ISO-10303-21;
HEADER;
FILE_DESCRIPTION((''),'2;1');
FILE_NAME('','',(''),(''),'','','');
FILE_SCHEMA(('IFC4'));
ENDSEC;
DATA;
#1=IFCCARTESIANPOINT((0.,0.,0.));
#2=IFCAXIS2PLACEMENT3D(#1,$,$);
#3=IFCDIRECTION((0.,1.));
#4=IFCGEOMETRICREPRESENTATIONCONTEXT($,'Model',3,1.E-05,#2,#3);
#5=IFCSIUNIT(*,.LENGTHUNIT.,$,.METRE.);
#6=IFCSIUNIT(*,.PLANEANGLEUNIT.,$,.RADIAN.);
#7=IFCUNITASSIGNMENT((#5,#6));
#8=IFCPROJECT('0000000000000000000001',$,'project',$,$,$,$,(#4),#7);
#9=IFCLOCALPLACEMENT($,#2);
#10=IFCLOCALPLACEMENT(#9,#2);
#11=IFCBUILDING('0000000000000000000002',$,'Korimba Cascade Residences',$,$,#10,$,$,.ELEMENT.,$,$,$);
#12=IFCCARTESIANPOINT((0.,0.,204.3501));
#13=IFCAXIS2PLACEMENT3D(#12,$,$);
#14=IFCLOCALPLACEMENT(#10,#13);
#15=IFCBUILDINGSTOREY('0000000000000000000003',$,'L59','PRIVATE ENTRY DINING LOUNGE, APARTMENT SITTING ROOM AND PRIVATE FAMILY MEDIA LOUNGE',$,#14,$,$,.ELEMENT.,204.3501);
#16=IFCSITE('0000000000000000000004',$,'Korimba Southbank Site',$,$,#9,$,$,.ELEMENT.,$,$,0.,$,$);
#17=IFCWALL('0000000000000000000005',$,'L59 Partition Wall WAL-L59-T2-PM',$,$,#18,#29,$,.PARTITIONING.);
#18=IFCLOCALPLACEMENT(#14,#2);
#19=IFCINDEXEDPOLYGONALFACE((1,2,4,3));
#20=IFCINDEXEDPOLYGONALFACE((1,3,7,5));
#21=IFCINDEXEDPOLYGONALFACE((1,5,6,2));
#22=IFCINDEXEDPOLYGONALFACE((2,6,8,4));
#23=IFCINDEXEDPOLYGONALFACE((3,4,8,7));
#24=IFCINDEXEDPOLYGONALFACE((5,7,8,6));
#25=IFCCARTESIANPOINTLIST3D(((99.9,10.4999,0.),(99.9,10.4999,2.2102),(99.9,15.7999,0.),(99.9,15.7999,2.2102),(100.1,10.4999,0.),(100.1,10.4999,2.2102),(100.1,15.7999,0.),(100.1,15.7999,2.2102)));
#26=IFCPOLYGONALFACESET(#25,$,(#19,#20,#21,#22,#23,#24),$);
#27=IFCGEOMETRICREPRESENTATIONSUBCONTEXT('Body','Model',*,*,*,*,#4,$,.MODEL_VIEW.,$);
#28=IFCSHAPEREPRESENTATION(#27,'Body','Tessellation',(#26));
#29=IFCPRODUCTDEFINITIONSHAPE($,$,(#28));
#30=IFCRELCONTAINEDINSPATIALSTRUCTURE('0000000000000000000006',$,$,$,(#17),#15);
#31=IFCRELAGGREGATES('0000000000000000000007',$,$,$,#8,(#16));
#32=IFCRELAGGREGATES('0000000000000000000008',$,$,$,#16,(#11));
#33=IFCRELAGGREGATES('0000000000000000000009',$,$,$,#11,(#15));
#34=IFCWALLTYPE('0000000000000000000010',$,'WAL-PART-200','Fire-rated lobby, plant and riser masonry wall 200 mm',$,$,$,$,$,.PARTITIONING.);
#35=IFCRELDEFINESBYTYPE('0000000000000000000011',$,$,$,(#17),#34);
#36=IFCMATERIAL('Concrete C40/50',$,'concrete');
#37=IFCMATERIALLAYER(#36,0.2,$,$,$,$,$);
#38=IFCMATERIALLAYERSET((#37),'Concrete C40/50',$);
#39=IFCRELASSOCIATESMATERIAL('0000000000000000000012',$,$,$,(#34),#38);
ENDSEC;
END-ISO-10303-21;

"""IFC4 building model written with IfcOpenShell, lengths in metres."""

from ifc_helpers import new_model, si_unit, direction, frame, frame_2d, origin, place, context, subcontext, project, spatial, rectangle, extrude, material, layer, layer_set, type_object, element, save


model = new_model("IFC4")

# Units and contexts
model_context = context("Model", 3, precision=1e-05, world=origin(), true_north=direction((0.0, 1.0)))
body_context = subcontext(model_context, "Body", "Model", "MODEL_VIEW")
ifc_project = project(units=[si_unit("LENGTHUNIT", "METRE"), si_unit("PLANEANGLEUNIT", "RADIAN")], contexts=[model_context])

# Site, building, storey
site_placement = place(None, origin())
site = spatial("IfcSite", under=ifc_project, at=site_placement, Name="Korimba Southbank Site", CompositionType="ELEMENT", RefElevation=0.0)
building_placement = place(site_placement, origin())
building = spatial("IfcBuilding", under=site, at=building_placement, Name="Korimba Cascade Residences", CompositionType="ELEMENT")
storey_placement = place(building_placement, frame((0.0, 0.0, 204.3501)))
storey = spatial("IfcBuildingStorey", under=building, at=storey_placement, Name="L59", Description="PRIVATE ENTRY DINING LOUNGE, APARTMENT SITTING ROOM AND PRIVATE FAMILY MEDIA LOUNGE", CompositionType="ELEMENT", Elevation=204.3501)

# Shared definitions
ifc_material_1 = material(Name="Concrete C40/50", Category="concrete")
ifc_layer_1 = layer(ifc_material_1, 0.2)
ifc_layer_set_1 = layer_set([ifc_layer_1], Name="Concrete C40/50")
wall_type_1 = type_object("IfcWallType", Name="WAL-PART-200", Description="Fire-rated lobby, plant and riser masonry wall 200 mm", PredefinedType="PARTITIONING", material=ifc_layer_set_1)

# Wall
wall_1_placement = place(storey_placement, frame((100.0, 10.5, 0.0), z_axis=(0.0, 0.0, 1.0), x_axis=(0.0, 1.0, 0.0)))
element("IfcWall", 1, at=wall_1_placement, inside=storey, type_object=wall_type_1, Name="L59 Partition Wall WAL-L59-T2-PM", PredefinedType="PARTITIONING", context=body_context, shape_type="SweptSolid", body=[
    extrude(rectangle(XDim=5.3, YDim=0.2, at=frame_2d((2.6499, 0.0))), origin(), (0.0, 0.0, 1.0), 2.2102),
])

save(model, "model.ifc")
